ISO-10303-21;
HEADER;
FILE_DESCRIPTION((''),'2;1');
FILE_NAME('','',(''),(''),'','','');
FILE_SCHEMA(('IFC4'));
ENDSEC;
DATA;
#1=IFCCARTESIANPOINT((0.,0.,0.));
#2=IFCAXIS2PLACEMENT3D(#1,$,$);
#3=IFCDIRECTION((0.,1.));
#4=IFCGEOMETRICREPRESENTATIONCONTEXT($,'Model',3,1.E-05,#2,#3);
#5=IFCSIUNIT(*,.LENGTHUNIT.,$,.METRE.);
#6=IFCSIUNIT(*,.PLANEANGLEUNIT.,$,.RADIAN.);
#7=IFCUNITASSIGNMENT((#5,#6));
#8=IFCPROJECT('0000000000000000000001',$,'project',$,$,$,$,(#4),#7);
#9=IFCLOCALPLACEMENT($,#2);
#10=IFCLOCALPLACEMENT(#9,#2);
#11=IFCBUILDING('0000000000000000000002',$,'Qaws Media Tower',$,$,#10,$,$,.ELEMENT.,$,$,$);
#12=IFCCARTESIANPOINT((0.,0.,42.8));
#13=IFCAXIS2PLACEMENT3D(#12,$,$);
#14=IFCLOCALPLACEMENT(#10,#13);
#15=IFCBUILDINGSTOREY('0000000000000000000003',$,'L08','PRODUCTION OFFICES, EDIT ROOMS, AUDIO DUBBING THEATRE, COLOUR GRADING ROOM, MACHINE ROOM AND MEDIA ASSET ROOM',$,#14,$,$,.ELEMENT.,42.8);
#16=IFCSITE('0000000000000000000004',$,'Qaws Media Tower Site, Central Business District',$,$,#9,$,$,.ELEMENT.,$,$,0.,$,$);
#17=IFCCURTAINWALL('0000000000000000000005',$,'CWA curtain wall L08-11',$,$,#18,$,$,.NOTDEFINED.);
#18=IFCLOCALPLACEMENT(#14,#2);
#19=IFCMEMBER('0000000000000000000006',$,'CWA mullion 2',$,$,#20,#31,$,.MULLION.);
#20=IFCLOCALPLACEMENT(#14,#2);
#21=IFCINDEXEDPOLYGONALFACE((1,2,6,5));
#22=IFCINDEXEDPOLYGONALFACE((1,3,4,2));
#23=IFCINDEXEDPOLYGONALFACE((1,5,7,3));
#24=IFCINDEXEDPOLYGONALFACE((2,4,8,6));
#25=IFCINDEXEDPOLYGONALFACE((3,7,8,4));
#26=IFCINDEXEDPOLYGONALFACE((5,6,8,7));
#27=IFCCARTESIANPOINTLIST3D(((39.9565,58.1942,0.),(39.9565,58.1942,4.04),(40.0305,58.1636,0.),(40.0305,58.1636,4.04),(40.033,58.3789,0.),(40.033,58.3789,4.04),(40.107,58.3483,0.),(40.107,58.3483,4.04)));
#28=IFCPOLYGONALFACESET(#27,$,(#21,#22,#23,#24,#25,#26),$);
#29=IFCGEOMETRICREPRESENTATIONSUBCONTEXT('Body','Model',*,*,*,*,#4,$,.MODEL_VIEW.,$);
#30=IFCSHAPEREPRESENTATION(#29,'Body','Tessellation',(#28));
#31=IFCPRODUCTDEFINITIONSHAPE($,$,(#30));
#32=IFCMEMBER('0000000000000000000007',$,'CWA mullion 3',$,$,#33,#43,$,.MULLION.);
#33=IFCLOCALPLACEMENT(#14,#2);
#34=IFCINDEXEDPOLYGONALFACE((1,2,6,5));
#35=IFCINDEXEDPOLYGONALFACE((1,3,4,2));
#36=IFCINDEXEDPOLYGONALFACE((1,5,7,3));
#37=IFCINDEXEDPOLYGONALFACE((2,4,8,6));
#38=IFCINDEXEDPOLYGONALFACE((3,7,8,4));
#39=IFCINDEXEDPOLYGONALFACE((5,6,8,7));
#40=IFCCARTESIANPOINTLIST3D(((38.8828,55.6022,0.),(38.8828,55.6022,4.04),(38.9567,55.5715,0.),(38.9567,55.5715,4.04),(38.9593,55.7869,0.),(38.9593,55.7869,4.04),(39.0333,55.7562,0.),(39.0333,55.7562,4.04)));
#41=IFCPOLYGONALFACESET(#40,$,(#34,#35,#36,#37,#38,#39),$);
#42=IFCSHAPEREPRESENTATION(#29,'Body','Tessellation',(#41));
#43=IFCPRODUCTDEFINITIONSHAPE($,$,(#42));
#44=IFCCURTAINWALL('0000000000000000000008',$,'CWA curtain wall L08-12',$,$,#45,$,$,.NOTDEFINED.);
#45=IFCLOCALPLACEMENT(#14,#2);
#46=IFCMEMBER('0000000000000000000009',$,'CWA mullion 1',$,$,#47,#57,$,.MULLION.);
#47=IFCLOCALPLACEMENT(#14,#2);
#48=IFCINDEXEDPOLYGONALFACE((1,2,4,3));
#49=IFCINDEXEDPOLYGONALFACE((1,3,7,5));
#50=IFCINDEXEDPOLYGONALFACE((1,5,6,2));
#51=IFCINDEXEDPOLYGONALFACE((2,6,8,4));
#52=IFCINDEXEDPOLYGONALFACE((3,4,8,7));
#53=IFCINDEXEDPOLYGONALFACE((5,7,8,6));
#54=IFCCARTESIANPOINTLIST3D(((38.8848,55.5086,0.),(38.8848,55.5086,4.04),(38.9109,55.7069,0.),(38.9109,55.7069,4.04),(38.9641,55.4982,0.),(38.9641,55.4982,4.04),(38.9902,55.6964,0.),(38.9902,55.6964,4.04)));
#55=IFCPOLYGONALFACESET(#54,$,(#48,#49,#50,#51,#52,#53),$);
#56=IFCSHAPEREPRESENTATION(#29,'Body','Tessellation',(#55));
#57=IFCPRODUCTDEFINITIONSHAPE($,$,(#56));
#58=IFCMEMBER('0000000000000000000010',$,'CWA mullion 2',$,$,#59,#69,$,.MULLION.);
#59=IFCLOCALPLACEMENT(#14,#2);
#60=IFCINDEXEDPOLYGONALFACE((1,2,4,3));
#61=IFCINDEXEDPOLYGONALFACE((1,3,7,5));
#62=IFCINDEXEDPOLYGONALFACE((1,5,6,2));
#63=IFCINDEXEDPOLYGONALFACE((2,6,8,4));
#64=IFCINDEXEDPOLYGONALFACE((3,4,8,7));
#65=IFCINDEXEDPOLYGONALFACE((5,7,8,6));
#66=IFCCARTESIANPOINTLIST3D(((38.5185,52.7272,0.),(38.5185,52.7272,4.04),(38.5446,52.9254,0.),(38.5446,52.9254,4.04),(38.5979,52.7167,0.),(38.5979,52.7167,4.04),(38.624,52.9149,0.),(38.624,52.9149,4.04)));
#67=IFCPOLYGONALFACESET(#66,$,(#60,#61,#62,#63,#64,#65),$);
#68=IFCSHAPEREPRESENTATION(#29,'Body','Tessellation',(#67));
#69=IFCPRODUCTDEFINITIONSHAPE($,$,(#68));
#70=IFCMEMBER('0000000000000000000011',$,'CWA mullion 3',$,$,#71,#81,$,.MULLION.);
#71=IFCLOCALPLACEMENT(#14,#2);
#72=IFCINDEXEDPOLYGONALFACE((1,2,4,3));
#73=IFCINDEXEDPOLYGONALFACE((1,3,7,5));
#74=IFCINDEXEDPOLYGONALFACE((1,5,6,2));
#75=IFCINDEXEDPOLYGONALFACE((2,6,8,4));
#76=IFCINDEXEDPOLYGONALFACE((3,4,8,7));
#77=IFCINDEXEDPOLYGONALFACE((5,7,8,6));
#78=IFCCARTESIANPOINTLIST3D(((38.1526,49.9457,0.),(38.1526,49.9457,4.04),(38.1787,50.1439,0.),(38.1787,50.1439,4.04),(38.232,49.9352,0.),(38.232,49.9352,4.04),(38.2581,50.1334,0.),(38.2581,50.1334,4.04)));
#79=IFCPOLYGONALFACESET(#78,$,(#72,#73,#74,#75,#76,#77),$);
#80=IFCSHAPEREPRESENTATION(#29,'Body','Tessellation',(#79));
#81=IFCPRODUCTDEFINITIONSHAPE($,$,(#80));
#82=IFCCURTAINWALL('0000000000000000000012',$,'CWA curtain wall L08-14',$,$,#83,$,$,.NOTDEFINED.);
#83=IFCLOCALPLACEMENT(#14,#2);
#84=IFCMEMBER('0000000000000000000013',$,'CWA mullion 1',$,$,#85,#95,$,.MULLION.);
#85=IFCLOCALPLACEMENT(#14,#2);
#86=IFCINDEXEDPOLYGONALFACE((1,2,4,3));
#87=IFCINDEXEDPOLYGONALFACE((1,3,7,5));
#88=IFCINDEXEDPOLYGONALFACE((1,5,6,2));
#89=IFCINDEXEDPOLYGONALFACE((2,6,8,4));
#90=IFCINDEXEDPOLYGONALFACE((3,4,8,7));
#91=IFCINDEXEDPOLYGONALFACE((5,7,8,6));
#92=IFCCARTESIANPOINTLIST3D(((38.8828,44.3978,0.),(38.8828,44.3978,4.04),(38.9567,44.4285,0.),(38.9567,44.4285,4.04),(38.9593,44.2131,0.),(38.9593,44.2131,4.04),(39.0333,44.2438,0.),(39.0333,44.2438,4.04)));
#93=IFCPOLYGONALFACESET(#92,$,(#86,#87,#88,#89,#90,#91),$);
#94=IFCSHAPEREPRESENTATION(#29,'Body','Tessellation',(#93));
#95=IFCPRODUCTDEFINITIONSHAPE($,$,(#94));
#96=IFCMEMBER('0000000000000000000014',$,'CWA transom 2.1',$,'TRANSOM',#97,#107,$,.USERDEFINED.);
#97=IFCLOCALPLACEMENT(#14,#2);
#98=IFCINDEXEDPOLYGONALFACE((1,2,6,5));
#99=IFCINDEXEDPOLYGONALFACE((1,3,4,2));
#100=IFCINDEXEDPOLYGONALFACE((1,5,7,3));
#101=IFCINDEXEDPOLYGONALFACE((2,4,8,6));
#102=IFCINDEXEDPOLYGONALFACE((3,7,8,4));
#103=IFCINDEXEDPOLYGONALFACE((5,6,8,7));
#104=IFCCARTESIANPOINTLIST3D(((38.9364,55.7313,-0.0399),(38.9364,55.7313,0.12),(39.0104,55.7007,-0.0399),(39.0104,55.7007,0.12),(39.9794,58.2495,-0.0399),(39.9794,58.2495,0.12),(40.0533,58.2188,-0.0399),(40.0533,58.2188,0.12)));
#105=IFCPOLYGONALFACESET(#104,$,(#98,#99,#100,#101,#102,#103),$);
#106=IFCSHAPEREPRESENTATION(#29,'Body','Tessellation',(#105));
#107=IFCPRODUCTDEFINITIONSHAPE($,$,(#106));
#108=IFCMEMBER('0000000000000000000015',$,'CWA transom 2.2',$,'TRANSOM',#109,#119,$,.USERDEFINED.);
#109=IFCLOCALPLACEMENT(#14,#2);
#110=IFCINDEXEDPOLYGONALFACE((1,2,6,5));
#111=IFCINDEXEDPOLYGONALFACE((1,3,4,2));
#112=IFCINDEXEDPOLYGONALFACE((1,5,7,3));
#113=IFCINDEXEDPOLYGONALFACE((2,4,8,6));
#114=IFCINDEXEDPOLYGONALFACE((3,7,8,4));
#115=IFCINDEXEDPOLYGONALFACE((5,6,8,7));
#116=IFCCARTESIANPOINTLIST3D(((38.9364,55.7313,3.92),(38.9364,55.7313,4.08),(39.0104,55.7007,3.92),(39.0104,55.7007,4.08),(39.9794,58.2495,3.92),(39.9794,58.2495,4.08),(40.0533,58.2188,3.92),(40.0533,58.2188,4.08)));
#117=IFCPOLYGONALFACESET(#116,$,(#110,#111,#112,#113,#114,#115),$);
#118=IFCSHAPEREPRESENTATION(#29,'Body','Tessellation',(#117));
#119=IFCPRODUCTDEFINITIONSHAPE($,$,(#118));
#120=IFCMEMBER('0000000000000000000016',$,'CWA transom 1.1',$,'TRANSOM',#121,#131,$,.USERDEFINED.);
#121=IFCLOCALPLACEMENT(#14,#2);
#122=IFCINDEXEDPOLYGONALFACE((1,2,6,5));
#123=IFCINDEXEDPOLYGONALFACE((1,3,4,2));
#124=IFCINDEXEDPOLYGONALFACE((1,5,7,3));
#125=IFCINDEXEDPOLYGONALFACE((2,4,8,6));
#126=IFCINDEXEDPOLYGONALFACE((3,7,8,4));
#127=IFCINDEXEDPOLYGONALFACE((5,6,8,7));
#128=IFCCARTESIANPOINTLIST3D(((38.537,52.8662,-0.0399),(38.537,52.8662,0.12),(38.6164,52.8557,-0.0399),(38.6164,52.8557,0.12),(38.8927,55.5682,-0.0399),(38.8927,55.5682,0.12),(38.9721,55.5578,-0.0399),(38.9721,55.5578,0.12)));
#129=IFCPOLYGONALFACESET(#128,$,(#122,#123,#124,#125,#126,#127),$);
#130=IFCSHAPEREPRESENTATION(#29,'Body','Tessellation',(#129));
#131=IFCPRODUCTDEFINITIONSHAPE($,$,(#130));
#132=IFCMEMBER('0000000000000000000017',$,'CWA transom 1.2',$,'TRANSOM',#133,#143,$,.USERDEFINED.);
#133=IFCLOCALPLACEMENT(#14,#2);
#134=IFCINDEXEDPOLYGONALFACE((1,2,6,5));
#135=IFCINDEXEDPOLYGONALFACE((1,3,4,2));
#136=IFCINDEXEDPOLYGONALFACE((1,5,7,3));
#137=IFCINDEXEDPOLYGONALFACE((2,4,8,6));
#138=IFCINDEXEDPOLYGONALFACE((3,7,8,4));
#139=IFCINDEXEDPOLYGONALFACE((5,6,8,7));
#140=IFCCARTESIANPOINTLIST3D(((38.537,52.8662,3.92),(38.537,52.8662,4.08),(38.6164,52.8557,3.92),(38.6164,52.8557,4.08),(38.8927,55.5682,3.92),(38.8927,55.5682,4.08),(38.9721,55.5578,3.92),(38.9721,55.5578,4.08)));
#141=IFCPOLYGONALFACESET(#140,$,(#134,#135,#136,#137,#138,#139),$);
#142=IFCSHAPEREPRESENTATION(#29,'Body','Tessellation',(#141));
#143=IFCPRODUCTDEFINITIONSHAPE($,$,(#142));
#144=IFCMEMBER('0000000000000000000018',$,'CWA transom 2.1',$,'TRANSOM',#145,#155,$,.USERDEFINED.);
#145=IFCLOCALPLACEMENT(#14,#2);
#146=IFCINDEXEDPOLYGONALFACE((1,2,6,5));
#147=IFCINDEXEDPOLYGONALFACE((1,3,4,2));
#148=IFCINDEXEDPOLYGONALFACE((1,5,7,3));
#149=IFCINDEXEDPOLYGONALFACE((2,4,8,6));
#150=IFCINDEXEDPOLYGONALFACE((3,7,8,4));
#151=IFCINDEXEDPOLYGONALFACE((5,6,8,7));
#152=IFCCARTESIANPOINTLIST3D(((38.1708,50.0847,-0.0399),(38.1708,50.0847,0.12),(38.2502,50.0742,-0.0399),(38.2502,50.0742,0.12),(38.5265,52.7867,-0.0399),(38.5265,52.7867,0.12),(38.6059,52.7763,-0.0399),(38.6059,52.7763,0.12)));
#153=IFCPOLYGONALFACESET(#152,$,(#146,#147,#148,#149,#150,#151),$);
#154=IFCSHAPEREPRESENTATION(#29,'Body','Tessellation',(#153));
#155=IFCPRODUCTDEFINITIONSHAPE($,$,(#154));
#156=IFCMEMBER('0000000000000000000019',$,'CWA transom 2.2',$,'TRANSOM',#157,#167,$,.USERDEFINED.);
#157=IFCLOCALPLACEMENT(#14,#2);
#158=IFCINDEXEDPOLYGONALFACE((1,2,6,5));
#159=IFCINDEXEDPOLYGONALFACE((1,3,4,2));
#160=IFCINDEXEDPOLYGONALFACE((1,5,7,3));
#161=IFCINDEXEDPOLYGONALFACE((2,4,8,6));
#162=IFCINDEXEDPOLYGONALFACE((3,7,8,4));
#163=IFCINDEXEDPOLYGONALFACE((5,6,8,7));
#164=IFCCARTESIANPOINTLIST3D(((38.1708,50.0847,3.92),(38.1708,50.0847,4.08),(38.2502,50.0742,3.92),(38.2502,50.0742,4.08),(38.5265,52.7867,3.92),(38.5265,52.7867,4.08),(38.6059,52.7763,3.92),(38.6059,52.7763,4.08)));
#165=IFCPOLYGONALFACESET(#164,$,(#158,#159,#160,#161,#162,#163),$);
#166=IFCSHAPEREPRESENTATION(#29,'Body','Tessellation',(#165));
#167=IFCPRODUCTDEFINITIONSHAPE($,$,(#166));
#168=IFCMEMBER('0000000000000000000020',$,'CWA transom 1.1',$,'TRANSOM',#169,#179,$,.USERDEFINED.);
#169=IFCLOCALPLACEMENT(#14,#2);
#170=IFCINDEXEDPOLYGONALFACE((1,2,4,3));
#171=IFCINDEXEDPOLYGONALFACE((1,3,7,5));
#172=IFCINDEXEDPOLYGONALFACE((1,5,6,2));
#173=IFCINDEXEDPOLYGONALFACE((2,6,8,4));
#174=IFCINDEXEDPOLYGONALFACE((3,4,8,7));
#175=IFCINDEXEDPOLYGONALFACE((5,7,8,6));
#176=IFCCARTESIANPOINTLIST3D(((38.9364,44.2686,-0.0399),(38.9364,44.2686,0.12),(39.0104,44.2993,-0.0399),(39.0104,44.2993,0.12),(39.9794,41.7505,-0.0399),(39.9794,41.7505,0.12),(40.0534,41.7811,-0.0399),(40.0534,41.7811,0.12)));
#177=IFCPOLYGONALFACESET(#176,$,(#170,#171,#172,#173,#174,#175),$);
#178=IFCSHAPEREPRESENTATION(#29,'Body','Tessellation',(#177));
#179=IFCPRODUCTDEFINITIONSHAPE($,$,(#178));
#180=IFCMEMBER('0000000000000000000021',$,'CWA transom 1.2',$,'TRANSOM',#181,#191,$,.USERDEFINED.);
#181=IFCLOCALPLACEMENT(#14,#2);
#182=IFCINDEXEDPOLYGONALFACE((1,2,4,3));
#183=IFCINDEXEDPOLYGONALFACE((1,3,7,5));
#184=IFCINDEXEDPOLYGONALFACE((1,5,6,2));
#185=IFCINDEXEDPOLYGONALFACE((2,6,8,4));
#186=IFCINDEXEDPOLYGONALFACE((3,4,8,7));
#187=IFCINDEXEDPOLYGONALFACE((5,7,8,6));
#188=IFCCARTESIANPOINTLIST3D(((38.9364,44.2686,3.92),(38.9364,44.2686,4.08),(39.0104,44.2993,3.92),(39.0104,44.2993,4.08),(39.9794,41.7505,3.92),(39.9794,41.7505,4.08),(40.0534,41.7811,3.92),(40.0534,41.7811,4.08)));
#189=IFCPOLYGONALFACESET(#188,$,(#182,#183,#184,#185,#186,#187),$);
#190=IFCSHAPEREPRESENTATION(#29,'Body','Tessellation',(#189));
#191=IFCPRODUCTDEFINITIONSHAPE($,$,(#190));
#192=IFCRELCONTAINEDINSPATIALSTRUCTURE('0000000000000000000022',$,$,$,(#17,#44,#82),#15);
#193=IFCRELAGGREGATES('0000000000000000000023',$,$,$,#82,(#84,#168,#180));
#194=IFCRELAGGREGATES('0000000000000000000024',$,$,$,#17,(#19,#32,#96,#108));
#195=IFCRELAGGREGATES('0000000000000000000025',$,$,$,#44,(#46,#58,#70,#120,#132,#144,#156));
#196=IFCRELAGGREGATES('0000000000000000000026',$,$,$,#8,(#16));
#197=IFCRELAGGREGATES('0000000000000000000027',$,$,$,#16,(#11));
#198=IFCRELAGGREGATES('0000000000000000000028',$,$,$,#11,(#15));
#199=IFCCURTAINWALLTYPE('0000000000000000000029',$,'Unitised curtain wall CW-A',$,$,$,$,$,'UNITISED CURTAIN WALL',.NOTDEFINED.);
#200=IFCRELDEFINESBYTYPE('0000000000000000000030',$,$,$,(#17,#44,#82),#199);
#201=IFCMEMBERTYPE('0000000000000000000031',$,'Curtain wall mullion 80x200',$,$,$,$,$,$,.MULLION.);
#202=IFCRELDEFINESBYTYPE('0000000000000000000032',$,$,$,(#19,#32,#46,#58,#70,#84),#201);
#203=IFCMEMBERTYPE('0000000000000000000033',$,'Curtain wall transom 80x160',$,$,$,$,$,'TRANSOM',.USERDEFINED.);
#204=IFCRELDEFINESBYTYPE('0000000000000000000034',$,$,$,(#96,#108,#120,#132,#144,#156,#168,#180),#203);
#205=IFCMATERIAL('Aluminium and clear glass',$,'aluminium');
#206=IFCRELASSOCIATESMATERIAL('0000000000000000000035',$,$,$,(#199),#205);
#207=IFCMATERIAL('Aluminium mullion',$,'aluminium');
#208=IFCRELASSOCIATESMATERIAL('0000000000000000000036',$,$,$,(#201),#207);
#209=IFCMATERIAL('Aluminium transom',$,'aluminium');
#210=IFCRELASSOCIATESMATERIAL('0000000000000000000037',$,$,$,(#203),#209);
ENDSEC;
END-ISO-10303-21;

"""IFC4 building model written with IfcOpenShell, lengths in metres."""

from ifc_helpers import new_model, si_unit, direction, frame, origin, origin_2d, place, context, subcontext, project, spatial, rectangle, extrude, material, material_profile, profile_set, type_object, element, aggregate, save


model = new_model("IFC4")

# Units and contexts
model_context = context("Model", 3, precision=1e-05, world=origin(), true_north=direction((0.0, 1.0)))
body_context = subcontext(model_context, "Body", "Model", "MODEL_VIEW")
ifc_project = project(units=[si_unit("LENGTHUNIT", "METRE"), si_unit("PLANEANGLEUNIT", "RADIAN")], contexts=[model_context])

# Site, building, storey
site_placement = place(None, origin())
site = spatial("IfcSite", under=ifc_project, at=site_placement, Name="Qaws Media Tower Site, Central Business District", CompositionType="ELEMENT", RefElevation=0.0)
building_placement = place(site_placement, origin())
building = spatial("IfcBuilding", under=site, at=building_placement, Name="Qaws Media Tower", CompositionType="ELEMENT")
storey_placement = place(building_placement, frame((0.0, 0.0, 42.8)))
storey = spatial("IfcBuildingStorey", under=building, at=storey_placement, Name="L08", Description="PRODUCTION OFFICES, EDIT ROOMS, AUDIO DUBBING THEATRE, COLOUR GRADING ROOM, MACHINE ROOM AND MEDIA ASSET ROOM", CompositionType="ELEMENT", Elevation=42.8)

# Curtain walls, members
ifc_material_1 = material(Name="Aluminium and clear glass", Category="aluminium")
curtain_wall_type = type_object("IfcCurtainWallType", Name="Unitised curtain wall CW-A", ElementType="UNITISED CURTAIN WALL", PredefinedType="NOTDEFINED", material=ifc_material_1)
curtain_wall_1_placement = place(storey_placement, origin())
curtain_wall_1 = element("IfcCurtainWall", 1, at=curtain_wall_1_placement, inside=storey, type_object=curtain_wall_type, Name="CWA curtain wall L08-11", PredefinedType="NOTDEFINED")
ifc_material_2 = material(Name="Aluminium mullion", Category="aluminium")
ifc_material_profile_1 = material_profile(ifc_material_2, rectangle(XDim=0.0801, YDim=0.2, at=origin_2d()), Name="80x200")
ifc_profile_set_1 = profile_set([ifc_material_profile_1], Name="Aluminium mullion")
member_type_1 = type_object("IfcMemberType", Name="Curtain wall mullion 80x200", PredefinedType="MULLION", material=ifc_profile_set_1)
member_1_placement = place(storey_placement, frame((40.0317, 58.2712, 0.0), z_axis=(0.0, 0.0, 1.0), x_axis=(0.92388, -0.382683, 0.0)))
member_1 = element("IfcMember", 2, at=member_1_placement, type_object=member_type_1, Name="CWA mullion 2", PredefinedType="MULLION", context=body_context, shape_type="SweptSolid", body=[
    extrude(rectangle(XDim=0.0801, YDim=0.2, at=origin_2d()), origin(), (0.0, 0.0, 1.0), 4.04),
])
member_2_placement = place(storey_placement, frame((38.958, 55.6792, 0.0), z_axis=(0.0, 0.0, 1.0), x_axis=(0.92388, -0.382683, 0.0)))
member_2 = element("IfcMember", 3, at=member_2_placement, type_object=member_type_1, Name="CWA mullion 3", PredefinedType="MULLION", context=body_context, shape_type="SweptSolid", body=[
    extrude(rectangle(XDim=0.0801, YDim=0.2, at=origin_2d()), origin(), (0.0, 0.0, 1.0), 4.04),
])
curtain_wall_2_placement = place(storey_placement, origin())
curtain_wall_2 = element("IfcCurtainWall", 4, at=curtain_wall_2_placement, inside=storey, type_object=curtain_wall_type, Name="CWA curtain wall L08-12", PredefinedType="NOTDEFINED")
member_3_placement = place(storey_placement, frame((38.9375, 55.6025, 0.0), z_axis=(0.0, 0.0, 1.0), x_axis=(0.991445, -0.130526, 0.0)))
member_3 = element("IfcMember", 5, at=member_3_placement, type_object=member_type_1, Name="CWA mullion 1", PredefinedType="MULLION", context=body_context, shape_type="SweptSolid", body=[
    extrude(rectangle(XDim=0.0801, YDim=0.2, at=origin_2d()), origin(), (0.0, 0.0, 1.0), 4.04),
])
member_4_placement = place(storey_placement, frame((38.5713, 52.821, 0.0), z_axis=(0.0, 0.0, 1.0), x_axis=(0.991445, -0.130526, 0.0)))
member_4 = element("IfcMember", 6, at=member_4_placement, type_object=member_type_1, Name="CWA mullion 2", PredefinedType="MULLION", context=body_context, shape_type="SweptSolid", body=[
    extrude(rectangle(XDim=0.0801, YDim=0.2, at=origin_2d()), origin(), (0.0, 0.0, 1.0), 4.04),
])
member_5_placement = place(storey_placement, frame((38.2053, 50.0396, 0.0), z_axis=(0.0, 0.0, 1.0), x_axis=(0.991445, -0.130526, 0.0)))
member_5 = element("IfcMember", 7, at=member_5_placement, type_object=member_type_1, Name="CWA mullion 3", PredefinedType="MULLION", context=body_context, shape_type="SweptSolid", body=[
    extrude(rectangle(XDim=0.0801, YDim=0.2, at=origin_2d()), origin(), (0.0, 0.0, 1.0), 4.04),
])

# Curtain wall, member
curtain_wall_3_placement = place(storey_placement, origin())
curtain_wall_3 = element("IfcCurtainWall", 8, at=curtain_wall_3_placement, inside=storey, type_object=curtain_wall_type, Name="CWA curtain wall L08-14", PredefinedType="NOTDEFINED")
member_6_placement = place(storey_placement, frame((38.958, 44.3208, 0.0), z_axis=(0.0, 0.0, 1.0), x_axis=(0.92388, 0.382683, 0.0)))
member_6 = element("IfcMember", 9, at=member_6_placement, type_object=member_type_1, Name="CWA mullion 1", PredefinedType="MULLION", context=body_context, shape_type="SweptSolid", body=[
    extrude(rectangle(XDim=0.0801, YDim=0.2, at=origin_2d()), origin(), (0.0, 0.0, 1.0), 4.04),
])

# Members
ifc_material_3 = material(Name="Aluminium transom", Category="aluminium")
ifc_material_profile_2 = material_profile(ifc_material_3, rectangle(XDim=0.0801, YDim=0.1599, at=origin_2d()), Name="80x160")
ifc_profile_set_2 = profile_set([ifc_material_profile_2], Name="Aluminium transom")
member_type_2 = type_object("IfcMemberType", Name="Curtain wall transom 80x160", ElementType="TRANSOM", PredefinedType="USERDEFINED", material=ifc_profile_set_2)
member_7_placement = place(storey_placement, frame((40.0164, 58.2341, 0.04), z_axis=(-0.382668, -0.923886, 0.0), x_axis=(0.923886, -0.382668, 0.0)))
member_7 = element("IfcMember", 10, at=member_7_placement, type_object=member_type_2, Name="CWA transom 2.1", ObjectType="TRANSOM", PredefinedType="USERDEFINED", context=body_context, shape_type="SweptSolid", body=[
    extrude(rectangle(XDim=0.0801, YDim=0.1599, at=origin_2d()), origin(), (0.0, 0.0, 1.0), 2.7256),
])
member_8_placement = place(storey_placement, frame((40.0164, 58.2341, 4.0), z_axis=(-0.382668, -0.923886, 0.0), x_axis=(0.923886, -0.382668, 0.0)))
member_8 = element("IfcMember", 11, at=member_8_placement, type_object=member_type_2, Name="CWA transom 2.2", ObjectType="TRANSOM", PredefinedType="USERDEFINED", context=body_context, shape_type="SweptSolid", body=[
    extrude(rectangle(XDim=0.0801, YDim=0.1599, at=origin_2d()), origin(), (0.0, 0.0, 1.0), 2.7256),
])
member_9_placement = place(storey_placement, frame((38.9324, 55.563, 0.04), z_axis=(-0.130515, -0.991446, 0.0), x_axis=(0.991446, -0.130515, 0.0)))
member_9 = element("IfcMember", 12, at=member_9_placement, type_object=member_type_2, Name="CWA transom 1.1", ObjectType="TRANSOM", PredefinedType="USERDEFINED", context=body_context, shape_type="SweptSolid", body=[
    extrude(rectangle(XDim=0.0801, YDim=0.1599, at=origin_2d()), origin(), (0.0, 0.0, 1.0), 2.7253),
])
member_10_placement = place(storey_placement, frame((38.9324, 55.563, 4.0), z_axis=(-0.130515, -0.991446, 0.0), x_axis=(0.991446, -0.130515, 0.0)))
member_10 = element("IfcMember", 13, at=member_10_placement, type_object=member_type_2, Name="CWA transom 1.2", ObjectType="TRANSOM", PredefinedType="USERDEFINED", context=body_context, shape_type="SweptSolid", body=[
    extrude(rectangle(XDim=0.0801, YDim=0.1599, at=origin_2d()), origin(), (0.0, 0.0, 1.0), 2.7253),
])
member_11_placement = place(storey_placement, frame((38.5662, 52.7815, 0.04), z_axis=(-0.130515, -0.991446, 0.0), x_axis=(0.991446, -0.130515, 0.0)))
member_11 = element("IfcMember", 14, at=member_11_placement, type_object=member_type_2, Name="CWA transom 2.1", ObjectType="TRANSOM", PredefinedType="USERDEFINED", context=body_context, shape_type="SweptSolid", body=[
    extrude(rectangle(XDim=0.0801, YDim=0.1599, at=origin_2d()), origin(), (0.0, 0.0, 1.0), 2.7253),
])
member_12_placement = place(storey_placement, frame((38.5662, 52.7815, 4.0), z_axis=(-0.130515, -0.991446, 0.0), x_axis=(0.991446, -0.130515, 0.0)))
member_12 = element("IfcMember", 15, at=member_12_placement, type_object=member_type_2, Name="CWA transom 2.2", ObjectType="TRANSOM", PredefinedType="USERDEFINED", context=body_context, shape_type="SweptSolid", body=[
    extrude(rectangle(XDim=0.0801, YDim=0.1599, at=origin_2d()), origin(), (0.0, 0.0, 1.0), 2.7253),
])
member_13_placement = place(storey_placement, frame((38.9734, 44.2839, 0.04), z_axis=(0.382668, -0.923886, 0.0), x_axis=(0.923886, 0.382668, 0.0)))
member_13 = element("IfcMember", 16, at=member_13_placement, type_object=member_type_2, Name="CWA transom 1.1", ObjectType="TRANSOM", PredefinedType="USERDEFINED", context=body_context, shape_type="SweptSolid", body=[
    extrude(rectangle(XDim=0.0801, YDim=0.1599, at=origin_2d()), origin(), (0.0, 0.0, 1.0), 2.7256),
])
member_14_placement = place(storey_placement, frame((38.9734, 44.2839, 4.0), z_axis=(0.382668, -0.923886, 0.0), x_axis=(0.923886, 0.382668, 0.0)))
member_14 = element("IfcMember", 17, at=member_14_placement, type_object=member_type_2, Name="CWA transom 1.2", ObjectType="TRANSOM", PredefinedType="USERDEFINED", context=body_context, shape_type="SweptSolid", body=[
    extrude(rectangle(XDim=0.0801, YDim=0.1599, at=origin_2d()), origin(), (0.0, 0.0, 1.0), 2.7256),
])
aggregate(curtain_wall_3, [member_6, member_13, member_14])

aggregate(curtain_wall_1, [member_1, member_2, member_7, member_8])
aggregate(curtain_wall_2, [member_3, member_4, member_5, member_9, member_10, member_11, member_12])

save(model, "model.ifc")
